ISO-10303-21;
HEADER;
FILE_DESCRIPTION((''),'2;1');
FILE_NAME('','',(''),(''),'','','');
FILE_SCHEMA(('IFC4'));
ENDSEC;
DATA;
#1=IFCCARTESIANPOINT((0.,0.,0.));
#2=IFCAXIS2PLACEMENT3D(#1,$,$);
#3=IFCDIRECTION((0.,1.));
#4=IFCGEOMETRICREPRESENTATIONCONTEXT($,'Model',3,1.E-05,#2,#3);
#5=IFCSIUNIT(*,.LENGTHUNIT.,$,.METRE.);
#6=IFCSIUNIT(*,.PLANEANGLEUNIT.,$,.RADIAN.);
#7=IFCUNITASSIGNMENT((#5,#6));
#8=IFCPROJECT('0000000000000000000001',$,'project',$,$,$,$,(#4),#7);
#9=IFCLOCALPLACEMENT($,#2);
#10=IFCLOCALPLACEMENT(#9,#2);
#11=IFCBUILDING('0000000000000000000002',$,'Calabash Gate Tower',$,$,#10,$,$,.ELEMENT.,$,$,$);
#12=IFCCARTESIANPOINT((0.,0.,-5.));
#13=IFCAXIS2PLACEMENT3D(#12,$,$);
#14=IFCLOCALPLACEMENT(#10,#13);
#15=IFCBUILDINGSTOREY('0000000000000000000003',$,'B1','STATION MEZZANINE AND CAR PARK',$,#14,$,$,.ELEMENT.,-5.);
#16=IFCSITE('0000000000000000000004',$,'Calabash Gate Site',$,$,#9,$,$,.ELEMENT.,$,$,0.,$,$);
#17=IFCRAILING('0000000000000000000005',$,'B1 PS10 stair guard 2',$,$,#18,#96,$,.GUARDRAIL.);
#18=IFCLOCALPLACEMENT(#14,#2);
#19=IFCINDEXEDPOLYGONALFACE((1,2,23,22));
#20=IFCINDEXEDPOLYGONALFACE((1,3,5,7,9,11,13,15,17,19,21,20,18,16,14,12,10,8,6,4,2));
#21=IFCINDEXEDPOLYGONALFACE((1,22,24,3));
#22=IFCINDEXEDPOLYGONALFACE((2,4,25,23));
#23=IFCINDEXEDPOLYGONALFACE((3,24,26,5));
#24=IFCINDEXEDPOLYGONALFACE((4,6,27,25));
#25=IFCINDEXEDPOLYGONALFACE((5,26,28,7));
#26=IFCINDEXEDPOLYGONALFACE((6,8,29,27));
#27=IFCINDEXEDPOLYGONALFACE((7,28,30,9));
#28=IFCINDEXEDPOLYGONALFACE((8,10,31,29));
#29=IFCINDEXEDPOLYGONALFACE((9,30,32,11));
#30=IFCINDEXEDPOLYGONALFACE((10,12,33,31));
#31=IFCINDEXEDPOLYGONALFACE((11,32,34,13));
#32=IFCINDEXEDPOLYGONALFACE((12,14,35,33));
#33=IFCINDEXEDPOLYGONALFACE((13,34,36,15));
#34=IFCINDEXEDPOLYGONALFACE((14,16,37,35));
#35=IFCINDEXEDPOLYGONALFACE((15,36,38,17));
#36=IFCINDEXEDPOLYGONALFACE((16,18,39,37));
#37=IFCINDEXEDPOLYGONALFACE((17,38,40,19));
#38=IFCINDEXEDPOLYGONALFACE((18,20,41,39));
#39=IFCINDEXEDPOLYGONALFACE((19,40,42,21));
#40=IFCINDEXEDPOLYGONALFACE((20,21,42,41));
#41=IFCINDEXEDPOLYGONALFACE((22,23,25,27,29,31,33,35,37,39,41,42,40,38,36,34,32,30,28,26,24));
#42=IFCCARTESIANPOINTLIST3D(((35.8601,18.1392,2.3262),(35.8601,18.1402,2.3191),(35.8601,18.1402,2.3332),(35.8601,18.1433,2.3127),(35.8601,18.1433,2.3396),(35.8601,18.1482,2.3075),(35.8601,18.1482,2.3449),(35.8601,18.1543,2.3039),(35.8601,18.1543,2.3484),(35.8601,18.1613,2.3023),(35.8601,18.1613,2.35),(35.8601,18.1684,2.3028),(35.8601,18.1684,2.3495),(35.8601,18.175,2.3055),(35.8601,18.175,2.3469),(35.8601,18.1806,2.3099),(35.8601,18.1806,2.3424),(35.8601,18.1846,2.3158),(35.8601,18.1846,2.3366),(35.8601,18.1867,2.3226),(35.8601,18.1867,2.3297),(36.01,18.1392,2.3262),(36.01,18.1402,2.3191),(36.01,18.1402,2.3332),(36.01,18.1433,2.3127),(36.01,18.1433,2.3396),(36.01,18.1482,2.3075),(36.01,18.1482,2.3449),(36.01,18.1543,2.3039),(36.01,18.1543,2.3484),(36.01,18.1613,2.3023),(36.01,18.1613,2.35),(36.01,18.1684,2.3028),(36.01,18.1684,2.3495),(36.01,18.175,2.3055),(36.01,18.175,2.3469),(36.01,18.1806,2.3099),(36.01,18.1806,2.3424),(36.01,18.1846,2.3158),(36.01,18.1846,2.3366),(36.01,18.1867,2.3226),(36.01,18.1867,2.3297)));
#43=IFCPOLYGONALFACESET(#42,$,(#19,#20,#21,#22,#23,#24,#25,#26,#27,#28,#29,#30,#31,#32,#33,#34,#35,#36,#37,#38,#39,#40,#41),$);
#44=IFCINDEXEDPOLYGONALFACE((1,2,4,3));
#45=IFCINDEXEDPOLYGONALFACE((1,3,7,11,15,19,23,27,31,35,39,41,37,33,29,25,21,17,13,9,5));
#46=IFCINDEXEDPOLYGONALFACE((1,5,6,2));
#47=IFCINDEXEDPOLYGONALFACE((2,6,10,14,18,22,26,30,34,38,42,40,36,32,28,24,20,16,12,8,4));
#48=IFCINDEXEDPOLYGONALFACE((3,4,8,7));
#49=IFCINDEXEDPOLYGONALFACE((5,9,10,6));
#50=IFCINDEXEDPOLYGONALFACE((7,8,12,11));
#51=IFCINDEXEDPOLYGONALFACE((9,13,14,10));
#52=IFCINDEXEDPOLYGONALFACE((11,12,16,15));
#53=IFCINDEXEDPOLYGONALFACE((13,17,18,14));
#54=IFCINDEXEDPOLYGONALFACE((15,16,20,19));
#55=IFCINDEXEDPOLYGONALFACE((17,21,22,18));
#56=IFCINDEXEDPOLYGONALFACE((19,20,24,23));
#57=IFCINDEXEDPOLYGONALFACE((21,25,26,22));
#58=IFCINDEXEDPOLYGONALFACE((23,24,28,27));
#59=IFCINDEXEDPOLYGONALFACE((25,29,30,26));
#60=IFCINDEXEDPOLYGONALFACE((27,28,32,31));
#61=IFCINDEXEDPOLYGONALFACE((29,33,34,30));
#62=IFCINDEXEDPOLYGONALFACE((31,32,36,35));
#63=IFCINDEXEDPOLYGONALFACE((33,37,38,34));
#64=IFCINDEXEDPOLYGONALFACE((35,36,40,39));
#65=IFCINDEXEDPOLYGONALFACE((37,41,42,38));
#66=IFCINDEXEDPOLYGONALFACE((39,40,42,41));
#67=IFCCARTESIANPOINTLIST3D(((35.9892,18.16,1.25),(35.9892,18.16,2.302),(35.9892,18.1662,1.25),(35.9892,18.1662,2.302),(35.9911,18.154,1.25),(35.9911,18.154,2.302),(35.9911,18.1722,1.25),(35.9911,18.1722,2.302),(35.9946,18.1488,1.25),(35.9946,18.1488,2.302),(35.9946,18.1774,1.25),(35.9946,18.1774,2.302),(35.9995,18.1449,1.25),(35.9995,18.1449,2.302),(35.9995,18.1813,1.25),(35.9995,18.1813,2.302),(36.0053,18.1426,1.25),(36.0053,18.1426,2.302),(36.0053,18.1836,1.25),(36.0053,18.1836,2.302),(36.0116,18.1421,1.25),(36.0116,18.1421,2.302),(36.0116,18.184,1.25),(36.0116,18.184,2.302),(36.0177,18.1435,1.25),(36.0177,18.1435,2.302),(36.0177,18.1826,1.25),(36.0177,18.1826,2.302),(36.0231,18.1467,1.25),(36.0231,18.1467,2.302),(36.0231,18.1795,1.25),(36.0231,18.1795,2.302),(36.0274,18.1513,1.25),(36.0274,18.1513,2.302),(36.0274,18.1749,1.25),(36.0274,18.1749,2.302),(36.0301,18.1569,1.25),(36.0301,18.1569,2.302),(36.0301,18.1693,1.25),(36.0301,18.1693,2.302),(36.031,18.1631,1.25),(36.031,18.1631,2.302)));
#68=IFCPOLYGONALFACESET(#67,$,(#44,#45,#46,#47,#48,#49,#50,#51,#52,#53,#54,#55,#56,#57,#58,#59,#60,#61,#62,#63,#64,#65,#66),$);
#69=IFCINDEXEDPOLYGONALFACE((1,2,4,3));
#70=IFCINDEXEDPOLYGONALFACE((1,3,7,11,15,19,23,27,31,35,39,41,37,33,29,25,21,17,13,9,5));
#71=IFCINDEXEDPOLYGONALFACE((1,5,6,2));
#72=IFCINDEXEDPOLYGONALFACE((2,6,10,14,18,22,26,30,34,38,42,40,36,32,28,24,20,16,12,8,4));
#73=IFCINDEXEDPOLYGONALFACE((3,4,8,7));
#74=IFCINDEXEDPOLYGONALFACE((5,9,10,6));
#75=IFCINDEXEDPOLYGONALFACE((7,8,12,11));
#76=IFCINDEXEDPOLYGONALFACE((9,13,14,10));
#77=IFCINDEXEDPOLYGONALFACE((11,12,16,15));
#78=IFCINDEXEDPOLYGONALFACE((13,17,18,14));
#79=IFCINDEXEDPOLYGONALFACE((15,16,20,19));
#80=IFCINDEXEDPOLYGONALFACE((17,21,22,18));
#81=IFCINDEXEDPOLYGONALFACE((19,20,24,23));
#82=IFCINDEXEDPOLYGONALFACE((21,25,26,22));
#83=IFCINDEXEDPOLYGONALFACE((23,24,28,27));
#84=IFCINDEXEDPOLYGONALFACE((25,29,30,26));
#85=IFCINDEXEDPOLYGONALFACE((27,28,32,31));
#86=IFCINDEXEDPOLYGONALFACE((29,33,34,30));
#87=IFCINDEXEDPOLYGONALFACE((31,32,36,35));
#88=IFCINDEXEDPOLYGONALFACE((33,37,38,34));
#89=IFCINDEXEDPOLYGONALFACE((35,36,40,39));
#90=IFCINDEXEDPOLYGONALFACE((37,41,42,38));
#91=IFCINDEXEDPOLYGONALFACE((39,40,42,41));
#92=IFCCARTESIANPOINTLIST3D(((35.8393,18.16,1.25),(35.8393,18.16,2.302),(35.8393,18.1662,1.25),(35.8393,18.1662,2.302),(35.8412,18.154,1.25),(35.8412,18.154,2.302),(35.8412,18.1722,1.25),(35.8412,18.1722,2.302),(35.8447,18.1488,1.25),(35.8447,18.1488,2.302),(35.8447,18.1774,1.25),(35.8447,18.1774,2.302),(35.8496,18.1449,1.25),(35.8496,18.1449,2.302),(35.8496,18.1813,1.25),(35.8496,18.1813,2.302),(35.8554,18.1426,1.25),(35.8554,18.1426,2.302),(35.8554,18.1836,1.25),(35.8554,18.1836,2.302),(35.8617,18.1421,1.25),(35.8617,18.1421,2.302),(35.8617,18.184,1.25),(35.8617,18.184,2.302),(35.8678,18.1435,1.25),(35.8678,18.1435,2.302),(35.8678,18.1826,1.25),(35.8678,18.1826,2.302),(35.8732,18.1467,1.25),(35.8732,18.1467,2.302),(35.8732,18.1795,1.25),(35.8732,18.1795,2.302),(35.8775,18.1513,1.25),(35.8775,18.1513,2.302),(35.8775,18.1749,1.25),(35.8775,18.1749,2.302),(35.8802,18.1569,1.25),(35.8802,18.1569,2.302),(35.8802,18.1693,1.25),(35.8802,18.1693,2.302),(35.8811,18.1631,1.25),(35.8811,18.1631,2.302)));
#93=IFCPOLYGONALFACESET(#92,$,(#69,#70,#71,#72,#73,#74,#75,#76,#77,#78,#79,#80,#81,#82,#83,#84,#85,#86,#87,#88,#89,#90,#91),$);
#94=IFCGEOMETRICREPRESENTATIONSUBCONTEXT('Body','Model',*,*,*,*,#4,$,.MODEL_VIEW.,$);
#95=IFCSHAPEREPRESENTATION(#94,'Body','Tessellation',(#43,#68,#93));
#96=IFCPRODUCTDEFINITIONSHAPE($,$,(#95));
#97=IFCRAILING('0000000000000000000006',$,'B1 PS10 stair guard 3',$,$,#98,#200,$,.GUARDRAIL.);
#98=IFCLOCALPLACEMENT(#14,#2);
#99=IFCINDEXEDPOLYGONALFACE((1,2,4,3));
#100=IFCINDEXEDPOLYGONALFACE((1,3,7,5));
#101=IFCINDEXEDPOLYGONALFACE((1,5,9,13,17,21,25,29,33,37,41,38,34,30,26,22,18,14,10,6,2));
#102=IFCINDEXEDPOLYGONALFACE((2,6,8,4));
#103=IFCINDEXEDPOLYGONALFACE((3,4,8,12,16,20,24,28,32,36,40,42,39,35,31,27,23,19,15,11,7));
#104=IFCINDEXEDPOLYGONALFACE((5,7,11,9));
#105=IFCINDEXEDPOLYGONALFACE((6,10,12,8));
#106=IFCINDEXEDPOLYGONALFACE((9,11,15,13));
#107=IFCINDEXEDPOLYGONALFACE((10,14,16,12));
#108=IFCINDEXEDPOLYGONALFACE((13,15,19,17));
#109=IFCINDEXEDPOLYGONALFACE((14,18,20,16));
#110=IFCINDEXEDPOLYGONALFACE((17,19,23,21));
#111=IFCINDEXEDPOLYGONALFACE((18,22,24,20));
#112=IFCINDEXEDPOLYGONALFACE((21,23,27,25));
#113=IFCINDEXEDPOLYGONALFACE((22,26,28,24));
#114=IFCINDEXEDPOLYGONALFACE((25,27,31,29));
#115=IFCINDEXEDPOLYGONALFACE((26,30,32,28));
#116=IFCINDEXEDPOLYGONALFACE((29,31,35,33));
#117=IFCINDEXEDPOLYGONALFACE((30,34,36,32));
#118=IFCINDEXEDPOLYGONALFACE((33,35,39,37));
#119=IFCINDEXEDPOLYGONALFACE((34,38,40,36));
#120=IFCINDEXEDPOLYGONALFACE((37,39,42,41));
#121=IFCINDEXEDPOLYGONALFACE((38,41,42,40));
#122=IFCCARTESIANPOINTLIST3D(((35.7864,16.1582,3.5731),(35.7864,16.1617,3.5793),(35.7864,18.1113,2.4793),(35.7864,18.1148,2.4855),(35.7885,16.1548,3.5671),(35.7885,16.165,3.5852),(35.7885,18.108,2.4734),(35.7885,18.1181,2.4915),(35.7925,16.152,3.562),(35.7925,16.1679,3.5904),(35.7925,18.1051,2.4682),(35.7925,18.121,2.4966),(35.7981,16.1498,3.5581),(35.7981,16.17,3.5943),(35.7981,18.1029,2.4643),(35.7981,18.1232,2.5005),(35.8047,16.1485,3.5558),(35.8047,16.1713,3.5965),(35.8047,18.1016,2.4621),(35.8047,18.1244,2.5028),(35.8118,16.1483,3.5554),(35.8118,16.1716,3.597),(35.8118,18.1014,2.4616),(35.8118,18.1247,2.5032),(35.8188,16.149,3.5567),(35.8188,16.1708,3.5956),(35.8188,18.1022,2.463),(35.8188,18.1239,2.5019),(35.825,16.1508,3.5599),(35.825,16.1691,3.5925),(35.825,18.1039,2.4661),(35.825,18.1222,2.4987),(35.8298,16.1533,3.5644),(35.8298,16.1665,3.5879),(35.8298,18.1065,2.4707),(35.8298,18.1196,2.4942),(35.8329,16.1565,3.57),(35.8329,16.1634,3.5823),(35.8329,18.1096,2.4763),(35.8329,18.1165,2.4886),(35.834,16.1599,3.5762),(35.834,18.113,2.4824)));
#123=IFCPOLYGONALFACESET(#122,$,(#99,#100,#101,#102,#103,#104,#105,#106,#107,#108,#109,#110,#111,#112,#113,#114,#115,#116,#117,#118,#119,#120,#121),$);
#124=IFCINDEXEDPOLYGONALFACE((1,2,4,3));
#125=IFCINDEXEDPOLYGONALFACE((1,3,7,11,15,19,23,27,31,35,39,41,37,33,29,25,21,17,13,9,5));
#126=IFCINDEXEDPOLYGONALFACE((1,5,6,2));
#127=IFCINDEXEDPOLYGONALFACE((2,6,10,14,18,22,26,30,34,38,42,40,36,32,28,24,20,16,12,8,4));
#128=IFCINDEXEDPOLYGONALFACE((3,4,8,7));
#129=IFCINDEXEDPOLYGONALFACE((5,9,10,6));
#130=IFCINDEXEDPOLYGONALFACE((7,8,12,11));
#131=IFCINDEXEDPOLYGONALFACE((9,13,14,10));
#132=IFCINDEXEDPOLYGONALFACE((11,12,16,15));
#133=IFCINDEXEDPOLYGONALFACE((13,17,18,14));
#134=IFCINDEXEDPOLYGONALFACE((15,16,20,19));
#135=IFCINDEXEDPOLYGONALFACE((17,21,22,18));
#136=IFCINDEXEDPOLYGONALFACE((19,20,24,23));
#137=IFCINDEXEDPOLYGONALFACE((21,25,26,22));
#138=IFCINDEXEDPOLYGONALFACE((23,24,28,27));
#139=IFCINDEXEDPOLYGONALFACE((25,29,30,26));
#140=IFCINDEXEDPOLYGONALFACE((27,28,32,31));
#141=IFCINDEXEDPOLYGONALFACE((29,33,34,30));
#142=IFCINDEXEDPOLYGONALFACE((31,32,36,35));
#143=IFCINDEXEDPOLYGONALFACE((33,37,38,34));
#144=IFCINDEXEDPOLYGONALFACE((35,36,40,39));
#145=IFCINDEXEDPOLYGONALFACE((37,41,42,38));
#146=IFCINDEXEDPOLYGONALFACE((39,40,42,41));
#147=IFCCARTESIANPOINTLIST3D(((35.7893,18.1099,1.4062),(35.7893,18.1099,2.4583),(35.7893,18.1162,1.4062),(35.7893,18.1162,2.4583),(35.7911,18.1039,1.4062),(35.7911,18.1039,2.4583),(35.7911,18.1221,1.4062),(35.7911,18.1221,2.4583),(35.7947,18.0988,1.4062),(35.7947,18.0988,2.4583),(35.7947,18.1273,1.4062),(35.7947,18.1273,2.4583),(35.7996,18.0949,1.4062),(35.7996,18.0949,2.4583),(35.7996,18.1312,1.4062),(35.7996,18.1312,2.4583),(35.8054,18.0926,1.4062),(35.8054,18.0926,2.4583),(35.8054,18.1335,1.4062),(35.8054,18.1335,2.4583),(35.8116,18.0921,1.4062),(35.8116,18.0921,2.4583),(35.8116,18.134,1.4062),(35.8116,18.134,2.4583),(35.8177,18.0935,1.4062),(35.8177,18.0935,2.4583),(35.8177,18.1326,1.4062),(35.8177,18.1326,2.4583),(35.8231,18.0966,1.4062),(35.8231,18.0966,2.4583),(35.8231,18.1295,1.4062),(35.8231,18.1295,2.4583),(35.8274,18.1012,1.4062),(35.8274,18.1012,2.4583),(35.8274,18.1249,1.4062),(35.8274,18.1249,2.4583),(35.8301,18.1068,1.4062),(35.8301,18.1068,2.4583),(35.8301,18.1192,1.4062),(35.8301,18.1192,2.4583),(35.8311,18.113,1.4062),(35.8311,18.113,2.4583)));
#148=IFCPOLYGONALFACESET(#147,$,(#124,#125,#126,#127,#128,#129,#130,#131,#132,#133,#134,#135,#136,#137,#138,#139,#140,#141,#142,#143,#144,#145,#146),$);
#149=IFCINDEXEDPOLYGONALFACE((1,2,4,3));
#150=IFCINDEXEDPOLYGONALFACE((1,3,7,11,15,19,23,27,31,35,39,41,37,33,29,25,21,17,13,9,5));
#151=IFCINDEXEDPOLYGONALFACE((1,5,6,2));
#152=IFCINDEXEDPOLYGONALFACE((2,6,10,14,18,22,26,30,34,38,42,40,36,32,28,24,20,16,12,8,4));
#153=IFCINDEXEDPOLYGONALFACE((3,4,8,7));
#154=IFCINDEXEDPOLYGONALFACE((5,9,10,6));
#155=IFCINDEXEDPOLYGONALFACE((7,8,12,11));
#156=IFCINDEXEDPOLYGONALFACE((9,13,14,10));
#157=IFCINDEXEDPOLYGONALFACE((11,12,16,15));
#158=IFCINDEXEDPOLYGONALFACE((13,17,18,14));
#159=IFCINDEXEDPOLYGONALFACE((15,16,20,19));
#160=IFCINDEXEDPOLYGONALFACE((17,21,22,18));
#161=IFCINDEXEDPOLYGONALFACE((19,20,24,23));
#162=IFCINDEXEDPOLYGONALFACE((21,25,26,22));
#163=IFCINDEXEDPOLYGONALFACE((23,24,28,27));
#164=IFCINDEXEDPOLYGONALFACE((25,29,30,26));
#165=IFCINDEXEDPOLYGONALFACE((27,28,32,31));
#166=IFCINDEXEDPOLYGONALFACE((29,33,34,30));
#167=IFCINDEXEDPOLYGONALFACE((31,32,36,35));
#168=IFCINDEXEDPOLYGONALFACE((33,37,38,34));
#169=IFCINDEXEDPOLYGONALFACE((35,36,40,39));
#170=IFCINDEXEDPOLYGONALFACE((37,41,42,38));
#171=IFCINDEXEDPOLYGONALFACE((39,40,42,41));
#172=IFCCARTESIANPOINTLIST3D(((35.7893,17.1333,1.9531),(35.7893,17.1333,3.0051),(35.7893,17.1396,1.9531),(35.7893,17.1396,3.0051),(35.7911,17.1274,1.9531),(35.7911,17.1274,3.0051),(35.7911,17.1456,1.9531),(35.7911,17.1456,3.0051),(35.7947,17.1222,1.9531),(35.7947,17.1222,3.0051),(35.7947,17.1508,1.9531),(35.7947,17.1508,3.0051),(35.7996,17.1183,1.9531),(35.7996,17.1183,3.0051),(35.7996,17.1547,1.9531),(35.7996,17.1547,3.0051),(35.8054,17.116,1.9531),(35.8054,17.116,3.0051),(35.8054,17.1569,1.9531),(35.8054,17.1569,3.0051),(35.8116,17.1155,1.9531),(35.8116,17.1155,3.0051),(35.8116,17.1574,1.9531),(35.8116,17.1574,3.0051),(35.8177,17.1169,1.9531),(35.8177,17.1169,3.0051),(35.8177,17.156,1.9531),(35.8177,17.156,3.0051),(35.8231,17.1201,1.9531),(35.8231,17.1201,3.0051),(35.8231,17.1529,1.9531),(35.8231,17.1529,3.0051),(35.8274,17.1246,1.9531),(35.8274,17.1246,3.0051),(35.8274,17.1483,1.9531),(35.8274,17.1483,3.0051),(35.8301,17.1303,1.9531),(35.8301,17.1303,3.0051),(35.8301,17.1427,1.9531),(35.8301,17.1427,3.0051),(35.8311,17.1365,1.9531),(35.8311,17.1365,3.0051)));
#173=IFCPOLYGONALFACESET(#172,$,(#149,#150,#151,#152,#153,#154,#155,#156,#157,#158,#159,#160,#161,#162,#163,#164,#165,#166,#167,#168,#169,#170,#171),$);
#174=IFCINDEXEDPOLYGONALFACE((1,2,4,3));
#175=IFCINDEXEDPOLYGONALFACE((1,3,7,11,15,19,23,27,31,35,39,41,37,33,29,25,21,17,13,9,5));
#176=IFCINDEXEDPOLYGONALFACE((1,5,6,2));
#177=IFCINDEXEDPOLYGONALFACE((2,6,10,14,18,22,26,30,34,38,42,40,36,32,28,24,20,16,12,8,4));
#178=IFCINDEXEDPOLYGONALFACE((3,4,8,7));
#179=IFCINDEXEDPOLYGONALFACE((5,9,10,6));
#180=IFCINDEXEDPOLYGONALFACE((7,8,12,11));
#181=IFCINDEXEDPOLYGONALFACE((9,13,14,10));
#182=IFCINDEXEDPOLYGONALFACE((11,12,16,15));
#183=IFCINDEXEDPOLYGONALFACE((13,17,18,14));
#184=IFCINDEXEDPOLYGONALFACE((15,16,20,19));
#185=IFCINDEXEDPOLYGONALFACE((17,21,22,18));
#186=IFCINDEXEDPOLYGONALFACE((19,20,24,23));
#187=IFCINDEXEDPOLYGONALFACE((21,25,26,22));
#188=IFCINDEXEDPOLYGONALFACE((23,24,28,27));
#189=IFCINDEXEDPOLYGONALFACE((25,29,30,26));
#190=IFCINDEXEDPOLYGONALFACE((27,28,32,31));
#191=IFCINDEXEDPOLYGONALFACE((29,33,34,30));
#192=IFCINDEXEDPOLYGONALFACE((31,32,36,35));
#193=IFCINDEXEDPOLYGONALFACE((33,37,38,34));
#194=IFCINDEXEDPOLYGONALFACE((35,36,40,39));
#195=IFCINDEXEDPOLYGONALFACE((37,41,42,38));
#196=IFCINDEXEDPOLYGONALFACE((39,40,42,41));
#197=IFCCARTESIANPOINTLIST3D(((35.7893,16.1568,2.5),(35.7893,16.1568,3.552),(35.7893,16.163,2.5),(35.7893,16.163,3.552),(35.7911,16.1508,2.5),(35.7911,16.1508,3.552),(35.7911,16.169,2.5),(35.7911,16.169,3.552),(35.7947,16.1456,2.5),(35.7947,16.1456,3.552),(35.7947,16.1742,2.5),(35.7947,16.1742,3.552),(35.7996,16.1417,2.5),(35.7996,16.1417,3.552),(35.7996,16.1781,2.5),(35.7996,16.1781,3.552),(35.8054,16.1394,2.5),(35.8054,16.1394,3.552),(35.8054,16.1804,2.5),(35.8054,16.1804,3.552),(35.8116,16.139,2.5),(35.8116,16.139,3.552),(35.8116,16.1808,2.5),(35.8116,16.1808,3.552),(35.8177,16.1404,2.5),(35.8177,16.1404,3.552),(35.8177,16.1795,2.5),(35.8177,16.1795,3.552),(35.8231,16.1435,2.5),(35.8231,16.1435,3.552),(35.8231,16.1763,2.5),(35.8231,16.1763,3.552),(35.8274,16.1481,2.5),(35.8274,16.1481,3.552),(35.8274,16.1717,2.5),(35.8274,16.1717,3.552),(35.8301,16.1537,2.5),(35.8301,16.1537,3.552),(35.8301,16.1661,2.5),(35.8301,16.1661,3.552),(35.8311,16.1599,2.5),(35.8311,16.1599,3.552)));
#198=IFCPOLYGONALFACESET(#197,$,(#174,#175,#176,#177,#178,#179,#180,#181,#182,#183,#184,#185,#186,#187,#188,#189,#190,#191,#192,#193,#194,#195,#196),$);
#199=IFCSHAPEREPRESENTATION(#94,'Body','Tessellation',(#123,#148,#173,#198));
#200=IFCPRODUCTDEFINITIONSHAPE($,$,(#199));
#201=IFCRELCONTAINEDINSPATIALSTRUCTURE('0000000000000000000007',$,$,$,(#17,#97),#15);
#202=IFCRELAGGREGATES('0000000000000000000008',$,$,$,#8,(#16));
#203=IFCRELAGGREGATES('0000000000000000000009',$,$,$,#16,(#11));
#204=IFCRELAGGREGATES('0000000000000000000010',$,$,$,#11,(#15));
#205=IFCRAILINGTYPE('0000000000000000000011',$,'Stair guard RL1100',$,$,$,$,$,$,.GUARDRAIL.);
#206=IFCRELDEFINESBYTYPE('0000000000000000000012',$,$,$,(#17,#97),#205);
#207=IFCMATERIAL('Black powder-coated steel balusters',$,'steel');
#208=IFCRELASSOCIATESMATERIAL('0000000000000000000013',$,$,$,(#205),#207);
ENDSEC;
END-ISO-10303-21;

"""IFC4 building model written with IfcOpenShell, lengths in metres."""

from ifc_helpers import new_model, si_unit, direction, frame, origin, origin_2d, place, context, subcontext, project, spatial, circle, extrude, material, type_object, element, save


model = new_model("IFC4")

# Units and contexts
model_context = context("Model", 3, precision=1e-05, world=origin(), true_north=direction((0.0, 1.0)))
body_context = subcontext(model_context, "Body", "Model", "MODEL_VIEW")
ifc_project = project(units=[si_unit("LENGTHUNIT", "METRE"), si_unit("PLANEANGLEUNIT", "RADIAN")], contexts=[model_context])

# Site, building, storey
site_placement = place(None, origin())
site = spatial("IfcSite", under=ifc_project, at=site_placement, Name="Calabash Gate Site", CompositionType="ELEMENT", RefElevation=0.0)
building_placement = place(site_placement, origin())
building = spatial("IfcBuilding", under=site, at=building_placement, Name="Calabash Gate Tower", CompositionType="ELEMENT")
storey_placement = place(building_placement, frame((0.0, 0.0, -5.0)))
storey = spatial("IfcBuildingStorey", under=building, at=storey_placement, Name="B1", Description="STATION MEZZANINE AND CAR PARK", CompositionType="ELEMENT", Elevation=-5.0)

# Railings
ifc_material_1 = material(Name="Black powder-coated steel balusters", Category="steel")
railing_type_1 = type_object("IfcRailingType", Name="Stair guard RL1100", PredefinedType="GUARDRAIL", material=ifc_material_1)
railing_1_placement = place(storey_placement, frame((36.01, 18.1631, 1.25)))
element("IfcRailing", 1, at=railing_1_placement, inside=storey, type_object=railing_type_1, Name="B1 PS10 stair guard 2", PredefinedType="GUARDRAIL", context=body_context, shape_type="SweptSolid", body=[
    extrude(circle(Radius=0.0239, at=origin_2d()), frame((0.0, 0.0, 1.0762), z_axis=(-1.0, 0.0, 0.0), x_axis=(0.0, -1.0, 0.0)), (0.0, 0.0, 1.0), 0.1499),
    extrude(circle(Radius=0.021, at=origin_2d()), origin(), (0.0, 0.0, 1.0), 1.052),
    extrude(circle(Radius=0.021, at=origin_2d()), frame((-0.1499, 0.0, 0.0)), (0.0, 0.0, 1.0), 1.052),
])
railing_2_placement = place(storey_placement, frame((35.8101, 18.113, 1.4062)))
element("IfcRailing", 2, at=railing_2_placement, inside=storey, type_object=railing_type_1, Name="B1 PS10 stair guard 3", PredefinedType="GUARDRAIL", context=body_context, shape_type="SweptSolid", body=[
    extrude(circle(Radius=0.0239, at=origin_2d()), frame((0.0, 0.0, 1.0762), z_axis=(0.0, -0.872506, 0.488603), x_axis=(1.0, 0.0, 0.0)), (0.0, 0.0, 1.0), 2.2385),
    extrude(circle(Radius=0.021, at=origin_2d()), origin(), (0.0, 0.0, 1.0), 1.052),
    extrude(circle(Radius=0.021, at=origin_2d()), frame((0.0, -0.9766, 0.5469)), (0.0, 0.0, 1.0), 1.052),
    extrude(circle(Radius=0.021, at=origin_2d()), frame((0.0, -1.9531, 1.0938)), (0.0, 0.0, 1.0), 1.052),
])

save(model, "model.ifc")
